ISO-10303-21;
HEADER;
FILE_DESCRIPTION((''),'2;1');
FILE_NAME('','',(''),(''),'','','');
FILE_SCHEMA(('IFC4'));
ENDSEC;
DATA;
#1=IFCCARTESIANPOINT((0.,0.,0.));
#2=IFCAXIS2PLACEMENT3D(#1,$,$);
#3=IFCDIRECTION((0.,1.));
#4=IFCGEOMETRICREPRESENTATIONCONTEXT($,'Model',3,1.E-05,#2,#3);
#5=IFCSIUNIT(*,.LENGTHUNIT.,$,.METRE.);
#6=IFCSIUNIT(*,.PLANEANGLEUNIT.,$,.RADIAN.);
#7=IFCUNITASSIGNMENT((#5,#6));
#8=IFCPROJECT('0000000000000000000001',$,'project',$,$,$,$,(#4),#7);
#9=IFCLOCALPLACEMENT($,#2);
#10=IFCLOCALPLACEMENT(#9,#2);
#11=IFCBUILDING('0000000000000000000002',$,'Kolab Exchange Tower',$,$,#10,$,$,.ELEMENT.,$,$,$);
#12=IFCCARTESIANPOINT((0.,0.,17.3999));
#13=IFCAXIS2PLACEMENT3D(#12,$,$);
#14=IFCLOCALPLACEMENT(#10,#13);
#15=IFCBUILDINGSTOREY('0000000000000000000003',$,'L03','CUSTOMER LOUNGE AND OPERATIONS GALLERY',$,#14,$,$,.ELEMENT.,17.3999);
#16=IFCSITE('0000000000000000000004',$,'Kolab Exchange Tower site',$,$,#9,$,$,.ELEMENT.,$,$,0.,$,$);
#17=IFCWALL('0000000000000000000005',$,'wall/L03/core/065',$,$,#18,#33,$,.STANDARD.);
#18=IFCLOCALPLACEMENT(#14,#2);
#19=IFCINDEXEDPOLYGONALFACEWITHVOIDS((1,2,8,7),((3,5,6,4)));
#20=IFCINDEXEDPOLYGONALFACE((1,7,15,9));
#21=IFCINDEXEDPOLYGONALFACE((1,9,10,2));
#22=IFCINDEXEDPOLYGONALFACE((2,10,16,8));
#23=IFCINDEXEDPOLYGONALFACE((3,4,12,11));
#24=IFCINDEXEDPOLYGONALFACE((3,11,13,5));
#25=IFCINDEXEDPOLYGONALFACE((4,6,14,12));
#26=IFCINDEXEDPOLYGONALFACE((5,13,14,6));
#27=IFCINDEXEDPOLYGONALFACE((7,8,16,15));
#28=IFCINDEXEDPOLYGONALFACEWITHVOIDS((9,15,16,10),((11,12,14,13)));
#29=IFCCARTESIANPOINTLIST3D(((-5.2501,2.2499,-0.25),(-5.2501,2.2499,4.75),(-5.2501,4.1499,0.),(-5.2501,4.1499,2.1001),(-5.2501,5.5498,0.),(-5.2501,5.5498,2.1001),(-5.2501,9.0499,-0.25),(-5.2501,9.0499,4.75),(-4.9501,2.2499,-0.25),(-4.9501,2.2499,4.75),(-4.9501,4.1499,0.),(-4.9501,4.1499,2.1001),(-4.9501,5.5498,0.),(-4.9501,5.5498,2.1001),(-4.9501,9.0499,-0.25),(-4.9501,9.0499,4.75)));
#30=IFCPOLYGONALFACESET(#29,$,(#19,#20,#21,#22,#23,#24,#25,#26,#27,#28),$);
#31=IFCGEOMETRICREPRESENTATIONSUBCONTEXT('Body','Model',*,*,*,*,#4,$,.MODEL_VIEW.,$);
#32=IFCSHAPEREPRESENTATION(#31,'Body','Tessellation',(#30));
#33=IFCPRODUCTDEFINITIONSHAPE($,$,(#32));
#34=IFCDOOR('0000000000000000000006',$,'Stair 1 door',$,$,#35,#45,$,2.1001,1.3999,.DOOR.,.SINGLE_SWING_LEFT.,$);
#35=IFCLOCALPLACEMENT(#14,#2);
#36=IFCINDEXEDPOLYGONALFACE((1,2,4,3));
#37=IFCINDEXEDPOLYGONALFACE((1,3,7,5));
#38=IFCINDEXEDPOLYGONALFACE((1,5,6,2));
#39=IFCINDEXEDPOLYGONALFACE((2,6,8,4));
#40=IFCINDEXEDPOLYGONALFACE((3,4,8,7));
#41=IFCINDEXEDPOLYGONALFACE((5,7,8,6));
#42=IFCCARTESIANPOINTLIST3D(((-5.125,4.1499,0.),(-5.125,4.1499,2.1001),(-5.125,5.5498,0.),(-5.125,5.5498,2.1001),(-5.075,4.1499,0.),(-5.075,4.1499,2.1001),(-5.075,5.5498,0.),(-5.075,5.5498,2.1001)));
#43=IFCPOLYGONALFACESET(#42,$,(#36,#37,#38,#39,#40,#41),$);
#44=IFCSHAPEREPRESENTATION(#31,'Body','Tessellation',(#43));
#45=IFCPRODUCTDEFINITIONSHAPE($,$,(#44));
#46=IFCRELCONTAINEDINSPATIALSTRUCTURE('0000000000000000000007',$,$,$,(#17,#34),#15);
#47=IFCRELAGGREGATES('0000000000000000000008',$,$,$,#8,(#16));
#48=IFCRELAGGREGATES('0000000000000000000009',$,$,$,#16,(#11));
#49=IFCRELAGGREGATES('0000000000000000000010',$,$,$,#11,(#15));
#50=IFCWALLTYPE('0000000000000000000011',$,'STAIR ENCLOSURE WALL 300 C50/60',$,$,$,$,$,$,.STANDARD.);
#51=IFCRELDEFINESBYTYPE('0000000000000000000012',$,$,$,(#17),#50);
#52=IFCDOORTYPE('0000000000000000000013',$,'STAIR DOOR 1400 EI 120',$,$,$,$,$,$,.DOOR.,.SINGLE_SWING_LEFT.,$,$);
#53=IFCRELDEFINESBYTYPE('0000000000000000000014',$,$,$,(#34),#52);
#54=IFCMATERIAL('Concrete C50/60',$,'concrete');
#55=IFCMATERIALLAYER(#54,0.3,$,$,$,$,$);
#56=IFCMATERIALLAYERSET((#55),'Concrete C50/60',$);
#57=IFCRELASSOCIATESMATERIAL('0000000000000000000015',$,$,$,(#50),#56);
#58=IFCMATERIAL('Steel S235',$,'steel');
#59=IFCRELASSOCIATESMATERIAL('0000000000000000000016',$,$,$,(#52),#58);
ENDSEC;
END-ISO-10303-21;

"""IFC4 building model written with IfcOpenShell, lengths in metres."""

from ifc_helpers import new_model, si_unit, direction, frame, frame_2d, origin, place, context, subcontext, project, spatial, rectangle, extrude, material, layer, layer_set, type_object, element, fill, save


model = new_model("IFC4")

# Units and contexts
model_context = context("Model", 3, precision=1e-05, world=origin(), true_north=direction((0.0, 1.0)))
body_context = subcontext(model_context, "Body", "Model", "MODEL_VIEW")
ifc_project = project(units=[si_unit("LENGTHUNIT", "METRE"), si_unit("PLANEANGLEUNIT", "RADIAN")], contexts=[model_context])

# Site, building, storey
site_placement = place(None, origin())
site = spatial("IfcSite", under=ifc_project, at=site_placement, Name="Kolab Exchange Tower site", CompositionType="ELEMENT", RefElevation=0.0)
building_placement = place(site_placement, origin())
building = spatial("IfcBuilding", under=site, at=building_placement, Name="Kolab Exchange Tower", CompositionType="ELEMENT")
storey_placement = place(building_placement, frame((0.0, 0.0, 17.3999)))
storey = spatial("IfcBuildingStorey", under=building, at=storey_placement, Name="L03", Description="CUSTOMER LOUNGE AND OPERATIONS GALLERY", CompositionType="ELEMENT", Elevation=17.3999)

# Shared definitions
ifc_material_1 = material(Name="Steel S235", Category="steel")

# Shared definitions
ifc_material_2 = material(Name="Concrete C50/60", Category="concrete")

# Shared definitions
ifc_layer_1 = layer(ifc_material_2, 0.3)
ifc_layer_set_1 = layer_set([ifc_layer_1], Name="Concrete C50/60")
wall_type_1 = type_object("IfcWallType", Name="STAIR ENCLOSURE WALL 300 C50/60", PredefinedType="STANDARD", material=ifc_layer_set_1)

# Shared definitions
door_type_1 = type_object("IfcDoorType", Name="STAIR DOOR 1400 EI 120", OperationType="SINGLE_SWING_LEFT", PredefinedType="DOOR", material=ifc_material_1)

# Wall, opening, door
wall_1_placement = place(storey_placement, frame((-5.1001, 2.25, -0.25), z_axis=(0.0, 0.0, 1.0), x_axis=(0.0, 1.0, 0.0)))
wall_1 = element("IfcWall", 1, at=wall_1_placement, inside=storey, type_object=wall_type_1, Name="wall/L03/core/065", PredefinedType="STANDARD", context=body_context, shape_type="SweptSolid", body=[
    extrude(rectangle(XDim=6.8, YDim=0.3, at=frame_2d((3.3999, 0.0))), origin(), (0.0, 0.0, 1.0), 5.0),
])
opening_1_placement = place(wall_1_placement, frame((1.8999, 0.0, 0.25)))
opening_1 = element("IfcOpeningElement", 2, at=opening_1_placement, cuts=wall_1, PredefinedType="OPENING", context=body_context, shape_type="SweptSolid", body=[
    extrude(rectangle(XDim=1.3999, YDim=2.1001, at=frame_2d((0.7, 1.05))), frame((0.0, 0.1602, 0.0), z_axis=(0.0, -1.0, 0.0), x_axis=(1.0, 0.0, 0.0)), (0.0, 0.0, 1.0), 0.3201),
])
door_1_placement = place(opening_1_placement, origin())
door_1 = element("IfcDoor", 3, at=door_1_placement, inside=storey, type_object=door_type_1, Name="Stair 1 door", OperationType="SINGLE_SWING_LEFT", OverallHeight=2.1001, OverallWidth=1.3999, PredefinedType="DOOR", context=body_context, shape_type="SweptSolid", body=[
    extrude(rectangle(XDim=1.3999, YDim=2.1001, at=frame_2d((0.7, 1.05))), frame((0.0, 0.0249, 0.0), z_axis=(0.0, -1.0, 0.0), x_axis=(1.0, 0.0, 0.0)), (0.0, 0.0, 1.0), 0.05),
])
fill(opening_1, door_1)

save(model, "model.ifc")
